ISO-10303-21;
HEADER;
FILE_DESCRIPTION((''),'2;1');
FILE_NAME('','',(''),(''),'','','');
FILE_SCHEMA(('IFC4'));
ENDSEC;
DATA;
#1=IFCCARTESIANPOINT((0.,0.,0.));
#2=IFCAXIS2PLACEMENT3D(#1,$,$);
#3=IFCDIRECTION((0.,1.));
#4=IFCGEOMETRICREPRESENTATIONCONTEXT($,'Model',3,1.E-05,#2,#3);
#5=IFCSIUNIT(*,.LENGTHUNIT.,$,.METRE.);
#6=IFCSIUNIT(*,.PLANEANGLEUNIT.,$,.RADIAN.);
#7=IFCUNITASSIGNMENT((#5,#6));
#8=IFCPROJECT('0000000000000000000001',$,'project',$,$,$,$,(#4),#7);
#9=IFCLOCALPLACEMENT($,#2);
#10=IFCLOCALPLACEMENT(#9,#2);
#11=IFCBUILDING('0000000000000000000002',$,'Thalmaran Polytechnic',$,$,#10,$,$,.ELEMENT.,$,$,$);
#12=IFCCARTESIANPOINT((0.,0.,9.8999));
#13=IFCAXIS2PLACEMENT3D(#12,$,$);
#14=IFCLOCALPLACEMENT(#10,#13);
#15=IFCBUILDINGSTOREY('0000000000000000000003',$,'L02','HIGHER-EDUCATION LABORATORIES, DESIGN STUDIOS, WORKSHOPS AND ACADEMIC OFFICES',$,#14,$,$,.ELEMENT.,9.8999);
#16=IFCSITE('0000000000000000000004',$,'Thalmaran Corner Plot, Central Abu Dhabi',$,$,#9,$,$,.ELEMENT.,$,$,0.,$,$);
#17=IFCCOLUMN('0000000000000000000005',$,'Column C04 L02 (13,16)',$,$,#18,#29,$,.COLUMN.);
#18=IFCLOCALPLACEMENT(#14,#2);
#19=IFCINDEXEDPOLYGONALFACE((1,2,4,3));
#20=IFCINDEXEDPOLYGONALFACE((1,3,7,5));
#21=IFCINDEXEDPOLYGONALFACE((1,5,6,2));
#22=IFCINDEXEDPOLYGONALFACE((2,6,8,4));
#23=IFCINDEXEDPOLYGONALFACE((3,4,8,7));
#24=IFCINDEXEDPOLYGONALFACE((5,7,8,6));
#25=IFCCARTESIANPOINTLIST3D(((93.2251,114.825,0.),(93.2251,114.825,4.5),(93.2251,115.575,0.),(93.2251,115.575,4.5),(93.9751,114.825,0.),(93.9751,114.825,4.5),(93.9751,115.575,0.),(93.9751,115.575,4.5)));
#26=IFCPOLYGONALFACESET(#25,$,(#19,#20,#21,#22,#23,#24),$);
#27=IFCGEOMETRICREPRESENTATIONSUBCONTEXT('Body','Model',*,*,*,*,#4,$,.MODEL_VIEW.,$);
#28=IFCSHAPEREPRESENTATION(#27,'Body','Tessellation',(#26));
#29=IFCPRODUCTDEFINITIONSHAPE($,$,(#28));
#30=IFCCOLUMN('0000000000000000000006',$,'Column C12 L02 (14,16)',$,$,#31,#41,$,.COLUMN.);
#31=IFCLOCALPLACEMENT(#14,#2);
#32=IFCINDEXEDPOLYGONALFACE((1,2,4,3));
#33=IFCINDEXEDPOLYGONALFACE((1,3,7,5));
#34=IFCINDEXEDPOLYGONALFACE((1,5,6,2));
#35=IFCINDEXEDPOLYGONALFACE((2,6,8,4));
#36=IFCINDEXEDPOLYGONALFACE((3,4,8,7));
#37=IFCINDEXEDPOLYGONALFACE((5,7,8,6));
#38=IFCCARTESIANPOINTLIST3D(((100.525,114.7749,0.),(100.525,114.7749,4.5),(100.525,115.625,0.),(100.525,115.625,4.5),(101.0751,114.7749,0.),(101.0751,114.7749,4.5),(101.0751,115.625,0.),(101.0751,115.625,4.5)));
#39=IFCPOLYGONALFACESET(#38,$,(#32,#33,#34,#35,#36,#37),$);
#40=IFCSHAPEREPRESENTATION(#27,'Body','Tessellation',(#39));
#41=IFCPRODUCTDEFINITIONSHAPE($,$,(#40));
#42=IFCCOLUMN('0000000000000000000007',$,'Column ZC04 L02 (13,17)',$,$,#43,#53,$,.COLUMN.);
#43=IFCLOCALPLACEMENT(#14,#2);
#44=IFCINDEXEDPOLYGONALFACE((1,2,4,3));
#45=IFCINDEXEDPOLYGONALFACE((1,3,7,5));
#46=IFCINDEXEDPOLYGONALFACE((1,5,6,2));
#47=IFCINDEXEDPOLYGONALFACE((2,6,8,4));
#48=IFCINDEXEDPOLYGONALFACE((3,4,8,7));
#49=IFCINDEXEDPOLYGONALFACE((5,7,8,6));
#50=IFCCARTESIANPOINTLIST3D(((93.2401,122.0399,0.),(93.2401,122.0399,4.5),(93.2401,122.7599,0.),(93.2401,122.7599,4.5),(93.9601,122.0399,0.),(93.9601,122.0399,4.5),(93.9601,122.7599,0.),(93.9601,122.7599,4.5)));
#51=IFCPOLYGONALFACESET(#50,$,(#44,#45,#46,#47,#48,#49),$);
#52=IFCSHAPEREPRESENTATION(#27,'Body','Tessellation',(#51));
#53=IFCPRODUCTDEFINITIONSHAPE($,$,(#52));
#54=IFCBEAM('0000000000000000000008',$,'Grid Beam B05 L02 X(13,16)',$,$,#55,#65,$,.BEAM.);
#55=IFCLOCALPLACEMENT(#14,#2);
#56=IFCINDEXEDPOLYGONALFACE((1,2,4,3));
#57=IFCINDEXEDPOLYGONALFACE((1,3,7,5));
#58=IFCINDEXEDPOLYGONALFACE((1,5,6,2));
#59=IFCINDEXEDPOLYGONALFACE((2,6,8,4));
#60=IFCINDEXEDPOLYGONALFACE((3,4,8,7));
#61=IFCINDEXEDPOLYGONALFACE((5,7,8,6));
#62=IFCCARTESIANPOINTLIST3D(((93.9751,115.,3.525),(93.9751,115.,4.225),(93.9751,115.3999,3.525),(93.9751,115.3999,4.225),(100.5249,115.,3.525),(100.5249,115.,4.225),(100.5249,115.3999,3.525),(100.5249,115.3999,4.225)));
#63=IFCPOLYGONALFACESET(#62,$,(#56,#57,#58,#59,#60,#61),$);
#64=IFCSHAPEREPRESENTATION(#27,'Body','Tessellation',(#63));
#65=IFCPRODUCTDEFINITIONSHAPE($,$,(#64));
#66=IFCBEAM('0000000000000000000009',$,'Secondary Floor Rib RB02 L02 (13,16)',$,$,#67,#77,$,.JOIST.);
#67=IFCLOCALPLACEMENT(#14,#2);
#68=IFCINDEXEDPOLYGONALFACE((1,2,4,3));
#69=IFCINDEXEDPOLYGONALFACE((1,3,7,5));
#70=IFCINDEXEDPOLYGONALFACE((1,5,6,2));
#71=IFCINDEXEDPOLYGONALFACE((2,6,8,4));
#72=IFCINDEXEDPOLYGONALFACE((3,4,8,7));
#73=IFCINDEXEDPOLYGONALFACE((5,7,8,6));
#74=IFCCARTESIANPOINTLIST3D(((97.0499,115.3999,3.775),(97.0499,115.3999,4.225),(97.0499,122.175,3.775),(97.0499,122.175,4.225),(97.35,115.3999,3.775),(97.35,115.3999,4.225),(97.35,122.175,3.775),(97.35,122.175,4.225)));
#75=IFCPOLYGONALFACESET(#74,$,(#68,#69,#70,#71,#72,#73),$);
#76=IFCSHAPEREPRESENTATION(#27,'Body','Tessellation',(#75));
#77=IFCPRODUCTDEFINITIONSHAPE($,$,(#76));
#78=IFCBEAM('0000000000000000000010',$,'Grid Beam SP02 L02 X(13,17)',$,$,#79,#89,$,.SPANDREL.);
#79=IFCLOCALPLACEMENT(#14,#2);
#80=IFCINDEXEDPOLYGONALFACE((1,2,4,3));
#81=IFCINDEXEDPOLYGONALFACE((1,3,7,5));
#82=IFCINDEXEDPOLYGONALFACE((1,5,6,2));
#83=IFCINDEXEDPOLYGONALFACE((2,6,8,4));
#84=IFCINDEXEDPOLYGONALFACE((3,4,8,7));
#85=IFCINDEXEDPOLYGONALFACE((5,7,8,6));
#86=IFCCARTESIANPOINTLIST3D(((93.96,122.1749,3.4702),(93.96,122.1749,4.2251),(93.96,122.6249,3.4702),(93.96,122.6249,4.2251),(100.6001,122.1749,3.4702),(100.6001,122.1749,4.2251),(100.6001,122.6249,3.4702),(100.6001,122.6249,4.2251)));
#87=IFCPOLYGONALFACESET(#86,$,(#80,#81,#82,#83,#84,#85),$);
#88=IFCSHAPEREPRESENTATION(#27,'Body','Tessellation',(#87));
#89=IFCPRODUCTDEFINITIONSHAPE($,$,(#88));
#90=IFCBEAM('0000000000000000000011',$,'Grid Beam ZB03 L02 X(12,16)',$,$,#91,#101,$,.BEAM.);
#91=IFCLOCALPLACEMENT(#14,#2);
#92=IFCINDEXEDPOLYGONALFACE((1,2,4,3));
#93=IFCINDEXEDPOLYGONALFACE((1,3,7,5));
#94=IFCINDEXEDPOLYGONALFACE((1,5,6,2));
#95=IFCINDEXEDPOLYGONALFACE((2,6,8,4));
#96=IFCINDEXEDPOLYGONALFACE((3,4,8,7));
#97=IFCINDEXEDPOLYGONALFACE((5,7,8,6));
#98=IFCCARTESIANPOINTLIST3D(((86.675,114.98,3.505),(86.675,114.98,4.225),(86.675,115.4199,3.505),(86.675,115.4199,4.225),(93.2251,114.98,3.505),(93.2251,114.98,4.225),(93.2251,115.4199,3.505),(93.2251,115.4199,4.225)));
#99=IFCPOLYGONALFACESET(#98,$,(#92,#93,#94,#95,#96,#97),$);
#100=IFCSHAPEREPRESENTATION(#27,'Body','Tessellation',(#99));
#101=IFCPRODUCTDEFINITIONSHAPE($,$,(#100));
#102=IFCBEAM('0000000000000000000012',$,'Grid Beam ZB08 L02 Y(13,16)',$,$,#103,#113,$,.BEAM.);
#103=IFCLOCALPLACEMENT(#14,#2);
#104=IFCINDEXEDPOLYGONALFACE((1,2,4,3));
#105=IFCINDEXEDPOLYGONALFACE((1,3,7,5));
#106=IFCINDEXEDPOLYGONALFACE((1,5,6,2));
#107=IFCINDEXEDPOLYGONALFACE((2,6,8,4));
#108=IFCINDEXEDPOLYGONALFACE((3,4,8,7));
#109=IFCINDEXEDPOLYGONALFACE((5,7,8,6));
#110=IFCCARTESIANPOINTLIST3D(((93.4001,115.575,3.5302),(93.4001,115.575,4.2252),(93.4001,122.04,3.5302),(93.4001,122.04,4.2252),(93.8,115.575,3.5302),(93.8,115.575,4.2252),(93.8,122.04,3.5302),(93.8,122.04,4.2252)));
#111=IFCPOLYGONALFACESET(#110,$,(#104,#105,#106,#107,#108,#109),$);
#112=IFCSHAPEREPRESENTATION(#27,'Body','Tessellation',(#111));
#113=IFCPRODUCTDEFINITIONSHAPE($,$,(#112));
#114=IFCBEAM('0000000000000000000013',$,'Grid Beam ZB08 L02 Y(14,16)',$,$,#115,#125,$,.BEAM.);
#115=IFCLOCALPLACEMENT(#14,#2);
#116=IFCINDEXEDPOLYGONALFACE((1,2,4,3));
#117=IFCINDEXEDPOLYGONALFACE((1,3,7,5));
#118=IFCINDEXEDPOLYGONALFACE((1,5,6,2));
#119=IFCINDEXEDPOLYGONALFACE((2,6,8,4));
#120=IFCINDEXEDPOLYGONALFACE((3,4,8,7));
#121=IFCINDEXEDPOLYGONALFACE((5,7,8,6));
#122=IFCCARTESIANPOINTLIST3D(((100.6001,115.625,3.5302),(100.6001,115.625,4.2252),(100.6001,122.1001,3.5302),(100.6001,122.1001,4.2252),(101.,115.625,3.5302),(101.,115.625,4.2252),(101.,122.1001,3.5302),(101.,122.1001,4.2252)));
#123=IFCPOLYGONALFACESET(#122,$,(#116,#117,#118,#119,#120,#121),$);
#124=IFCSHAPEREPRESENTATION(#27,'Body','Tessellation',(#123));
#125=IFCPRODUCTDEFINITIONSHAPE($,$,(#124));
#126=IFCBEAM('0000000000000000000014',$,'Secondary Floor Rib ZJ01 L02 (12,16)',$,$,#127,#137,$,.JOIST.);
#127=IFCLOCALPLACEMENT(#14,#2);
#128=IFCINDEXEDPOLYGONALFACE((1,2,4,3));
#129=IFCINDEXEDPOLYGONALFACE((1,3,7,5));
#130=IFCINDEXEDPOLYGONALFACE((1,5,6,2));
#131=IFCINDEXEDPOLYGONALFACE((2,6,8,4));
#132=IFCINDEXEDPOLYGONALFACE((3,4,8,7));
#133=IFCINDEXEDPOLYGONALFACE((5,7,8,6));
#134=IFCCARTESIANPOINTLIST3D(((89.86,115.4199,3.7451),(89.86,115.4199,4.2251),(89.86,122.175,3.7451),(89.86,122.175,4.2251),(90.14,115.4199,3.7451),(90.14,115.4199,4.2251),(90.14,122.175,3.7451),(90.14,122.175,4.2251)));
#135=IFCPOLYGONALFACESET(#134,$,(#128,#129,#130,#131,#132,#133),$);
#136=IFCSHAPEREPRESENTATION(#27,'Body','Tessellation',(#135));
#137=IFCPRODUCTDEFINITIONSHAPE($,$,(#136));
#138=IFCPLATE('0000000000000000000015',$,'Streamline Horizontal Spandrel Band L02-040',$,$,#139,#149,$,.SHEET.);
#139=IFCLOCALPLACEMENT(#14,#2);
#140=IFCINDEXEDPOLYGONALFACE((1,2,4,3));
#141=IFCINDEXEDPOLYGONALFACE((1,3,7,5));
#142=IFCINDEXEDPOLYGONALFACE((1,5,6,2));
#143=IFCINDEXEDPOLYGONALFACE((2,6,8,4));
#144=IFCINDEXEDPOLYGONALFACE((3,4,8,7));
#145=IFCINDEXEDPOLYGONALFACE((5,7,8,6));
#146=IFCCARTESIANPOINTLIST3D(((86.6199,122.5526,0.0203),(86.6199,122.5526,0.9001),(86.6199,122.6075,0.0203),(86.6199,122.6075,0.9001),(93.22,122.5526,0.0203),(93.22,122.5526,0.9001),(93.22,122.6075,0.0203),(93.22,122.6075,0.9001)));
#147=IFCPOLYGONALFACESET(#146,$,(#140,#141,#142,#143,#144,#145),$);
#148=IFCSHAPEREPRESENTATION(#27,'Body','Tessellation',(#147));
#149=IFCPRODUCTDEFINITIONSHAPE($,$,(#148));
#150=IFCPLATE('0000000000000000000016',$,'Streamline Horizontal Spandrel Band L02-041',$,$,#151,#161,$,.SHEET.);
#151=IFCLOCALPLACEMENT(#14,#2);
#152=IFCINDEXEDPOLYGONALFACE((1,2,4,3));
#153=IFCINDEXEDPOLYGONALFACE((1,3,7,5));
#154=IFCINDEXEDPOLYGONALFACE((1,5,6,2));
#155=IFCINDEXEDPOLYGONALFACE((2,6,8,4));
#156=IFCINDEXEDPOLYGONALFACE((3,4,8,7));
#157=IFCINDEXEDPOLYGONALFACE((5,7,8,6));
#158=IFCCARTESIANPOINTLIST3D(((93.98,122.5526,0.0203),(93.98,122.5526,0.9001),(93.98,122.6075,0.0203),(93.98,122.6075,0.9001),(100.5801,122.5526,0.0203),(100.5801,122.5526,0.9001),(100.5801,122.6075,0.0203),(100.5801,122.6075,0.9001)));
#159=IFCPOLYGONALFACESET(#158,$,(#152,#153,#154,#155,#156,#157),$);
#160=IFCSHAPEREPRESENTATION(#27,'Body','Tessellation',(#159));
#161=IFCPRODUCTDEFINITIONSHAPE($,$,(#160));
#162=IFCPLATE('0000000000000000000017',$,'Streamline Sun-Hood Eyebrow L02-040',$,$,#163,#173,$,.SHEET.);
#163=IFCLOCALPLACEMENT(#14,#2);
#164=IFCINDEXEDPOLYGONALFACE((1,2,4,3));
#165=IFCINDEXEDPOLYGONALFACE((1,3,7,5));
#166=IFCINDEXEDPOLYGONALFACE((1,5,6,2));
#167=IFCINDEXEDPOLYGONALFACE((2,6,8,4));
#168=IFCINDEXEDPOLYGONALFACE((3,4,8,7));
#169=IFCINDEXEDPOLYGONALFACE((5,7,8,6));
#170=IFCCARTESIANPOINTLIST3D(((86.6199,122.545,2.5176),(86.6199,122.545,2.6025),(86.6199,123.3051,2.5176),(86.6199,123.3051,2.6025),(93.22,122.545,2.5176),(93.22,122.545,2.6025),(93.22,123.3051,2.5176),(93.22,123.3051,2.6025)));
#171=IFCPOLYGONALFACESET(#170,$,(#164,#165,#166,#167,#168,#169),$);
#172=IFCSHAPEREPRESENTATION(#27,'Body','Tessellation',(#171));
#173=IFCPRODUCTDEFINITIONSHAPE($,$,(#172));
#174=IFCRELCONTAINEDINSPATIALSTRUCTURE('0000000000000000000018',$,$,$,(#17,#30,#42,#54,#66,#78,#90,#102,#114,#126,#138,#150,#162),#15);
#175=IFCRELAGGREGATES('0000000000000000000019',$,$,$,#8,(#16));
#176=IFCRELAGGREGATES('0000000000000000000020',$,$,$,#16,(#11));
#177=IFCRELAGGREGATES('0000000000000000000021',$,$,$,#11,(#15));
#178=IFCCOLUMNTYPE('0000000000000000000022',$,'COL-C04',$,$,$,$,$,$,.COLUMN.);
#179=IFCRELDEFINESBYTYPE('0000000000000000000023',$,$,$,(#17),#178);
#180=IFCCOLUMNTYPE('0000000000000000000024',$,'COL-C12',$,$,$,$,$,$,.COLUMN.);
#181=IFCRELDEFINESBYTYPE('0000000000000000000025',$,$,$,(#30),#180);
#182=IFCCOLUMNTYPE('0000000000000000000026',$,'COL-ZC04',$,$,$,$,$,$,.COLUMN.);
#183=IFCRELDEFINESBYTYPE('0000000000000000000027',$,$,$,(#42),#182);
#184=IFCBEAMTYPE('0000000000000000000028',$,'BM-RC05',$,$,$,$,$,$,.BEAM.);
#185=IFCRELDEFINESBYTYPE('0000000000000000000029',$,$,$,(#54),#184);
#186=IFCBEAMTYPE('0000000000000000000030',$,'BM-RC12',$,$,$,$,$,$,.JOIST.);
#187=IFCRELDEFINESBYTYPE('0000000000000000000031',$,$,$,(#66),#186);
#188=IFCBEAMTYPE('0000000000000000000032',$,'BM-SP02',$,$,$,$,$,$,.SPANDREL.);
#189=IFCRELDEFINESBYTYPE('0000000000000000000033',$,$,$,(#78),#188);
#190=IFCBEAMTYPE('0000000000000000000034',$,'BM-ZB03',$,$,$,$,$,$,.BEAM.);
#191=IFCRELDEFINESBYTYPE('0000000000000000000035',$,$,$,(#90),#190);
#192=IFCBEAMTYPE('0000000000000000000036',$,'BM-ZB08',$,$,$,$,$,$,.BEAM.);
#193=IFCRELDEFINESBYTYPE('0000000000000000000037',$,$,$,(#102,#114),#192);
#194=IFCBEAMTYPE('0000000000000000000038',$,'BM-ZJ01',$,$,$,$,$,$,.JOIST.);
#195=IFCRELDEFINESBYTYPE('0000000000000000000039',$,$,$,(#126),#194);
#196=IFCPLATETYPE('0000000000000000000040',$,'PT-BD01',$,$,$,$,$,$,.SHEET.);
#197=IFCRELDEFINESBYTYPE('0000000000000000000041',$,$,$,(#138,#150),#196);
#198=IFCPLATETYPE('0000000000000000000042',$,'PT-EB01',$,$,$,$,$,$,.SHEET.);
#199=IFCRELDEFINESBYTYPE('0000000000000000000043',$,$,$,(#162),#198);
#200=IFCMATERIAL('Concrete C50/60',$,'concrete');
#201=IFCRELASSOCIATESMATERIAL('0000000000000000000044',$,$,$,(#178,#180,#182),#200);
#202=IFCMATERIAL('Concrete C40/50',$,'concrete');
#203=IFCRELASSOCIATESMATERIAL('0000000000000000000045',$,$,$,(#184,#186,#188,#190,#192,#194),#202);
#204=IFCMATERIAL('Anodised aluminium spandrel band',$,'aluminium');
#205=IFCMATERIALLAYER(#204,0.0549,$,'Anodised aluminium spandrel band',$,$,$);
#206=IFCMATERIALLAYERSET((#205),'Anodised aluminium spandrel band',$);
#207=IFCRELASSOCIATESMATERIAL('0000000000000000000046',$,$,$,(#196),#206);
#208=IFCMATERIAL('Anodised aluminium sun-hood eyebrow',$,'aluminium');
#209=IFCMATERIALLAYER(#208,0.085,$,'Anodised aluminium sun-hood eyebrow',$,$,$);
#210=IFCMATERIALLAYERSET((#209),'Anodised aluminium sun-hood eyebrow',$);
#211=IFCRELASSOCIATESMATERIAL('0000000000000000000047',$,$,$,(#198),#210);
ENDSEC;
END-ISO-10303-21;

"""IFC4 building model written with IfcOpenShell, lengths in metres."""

from ifc_helpers import new_model, si_unit, direction, frame, origin, origin_2d, place, context, subcontext, project, spatial, rectangle, extrude, material, layer, layer_set, material_profile, profile_set, type_object, element, save


model = new_model("IFC4")

# Units and contexts
model_context = context("Model", 3, precision=1e-05, world=origin(), true_north=direction((0.0, 1.0)))
body_context = subcontext(model_context, "Body", "Model", "MODEL_VIEW")
ifc_project = project(units=[si_unit("LENGTHUNIT", "METRE"), si_unit("PLANEANGLEUNIT", "RADIAN")], contexts=[model_context])

# Site, building, storey
site_placement = place(None, origin())
site = spatial("IfcSite", under=ifc_project, at=site_placement, Name="Thalmaran Corner Plot, Central Abu Dhabi", CompositionType="ELEMENT", RefElevation=0.0)
building_placement = place(site_placement, origin())
building = spatial("IfcBuilding", under=site, at=building_placement, Name="Thalmaran Polytechnic", CompositionType="ELEMENT")
storey_placement = place(building_placement, frame((0.0, 0.0, 9.8999)))
storey = spatial("IfcBuildingStorey", under=building, at=storey_placement, Name="L02", Description="HIGHER-EDUCATION LABORATORIES, DESIGN STUDIOS, WORKSHOPS AND ACADEMIC OFFICES", CompositionType="ELEMENT", Elevation=9.8999)

# Columns
ifc_material_1 = material(Name="Concrete C50/60", Category="concrete")
ifc_material_profile_1 = material_profile(ifc_material_1, rectangle(XDim=0.75, YDim=0.75, at=origin_2d()), Name="RC 750x750")
ifc_profile_set_1 = profile_set([ifc_material_profile_1], Name="Concrete C50/60")
column_type_1 = type_object("IfcColumnType", Name="COL-C04", PredefinedType="COLUMN", material=ifc_profile_set_1)
column_1_placement = place(storey_placement, frame((93.6001, 115.2, 0.0), z_axis=(0.0, 0.0, 1.0), x_axis=(1.0, 0.0, 0.0)))
element("IfcColumn", 1, at=column_1_placement, inside=storey, type_object=column_type_1, Name="Column C04 L02 (13,16)", PredefinedType="COLUMN", context=body_context, shape_type="SweptSolid", body=[
    extrude(rectangle(XDim=0.75, YDim=0.75, at=origin_2d()), origin(), (0.0, 0.0, 1.0), 4.5),
])
ifc_material_profile_2 = material_profile(ifc_material_1, rectangle(XDim=0.55, YDim=0.8501, at=origin_2d()), Name="RC 550x850")
ifc_profile_set_2 = profile_set([ifc_material_profile_2], Name="Concrete C50/60")
column_type_2 = type_object("IfcColumnType", Name="COL-C12", PredefinedType="COLUMN", material=ifc_profile_set_2)
column_2_placement = place(storey_placement, frame((100.8, 115.2, 0.0), z_axis=(0.0, 0.0, 1.0), x_axis=(1.0, 0.0, 0.0)))
element("IfcColumn", 2, at=column_2_placement, inside=storey, type_object=column_type_2, Name="Column C12 L02 (14,16)", PredefinedType="COLUMN", context=body_context, shape_type="SweptSolid", body=[
    extrude(rectangle(XDim=0.55, YDim=0.8501, at=origin_2d()), origin(), (0.0, 0.0, 1.0), 4.5),
])
ifc_material_profile_3 = material_profile(ifc_material_1, rectangle(XDim=0.72, YDim=0.72, at=origin_2d()), Name="RC 720x720")
ifc_profile_set_3 = profile_set([ifc_material_profile_3], Name="Concrete C50/60")
column_type_3 = type_object("IfcColumnType", Name="COL-ZC04", PredefinedType="COLUMN", material=ifc_profile_set_3)
column_3_placement = place(storey_placement, frame((93.6001, 122.3999, 0.0), z_axis=(0.0, 0.0, 1.0), x_axis=(1.0, 0.0, 0.0)))
element("IfcColumn", 3, at=column_3_placement, inside=storey, type_object=column_type_3, Name="Column ZC04 L02 (13,17)", PredefinedType="COLUMN", context=body_context, shape_type="SweptSolid", body=[
    extrude(rectangle(XDim=0.72, YDim=0.72, at=origin_2d()), origin(), (0.0, 0.0, 1.0), 4.5),
])

# Beams
ifc_material_2 = material(Name="Concrete C40/50", Category="concrete")
ifc_material_profile_4 = material_profile(ifc_material_2, rectangle(XDim=0.3999, YDim=0.7, at=origin_2d()), Name="RC 400x700")
ifc_profile_set_4 = profile_set([ifc_material_profile_4], Name="Concrete C40/50")
beam_type_1 = type_object("IfcBeamType", Name="BM-RC05", PredefinedType="BEAM", material=ifc_profile_set_4)
beam_1_placement = place(storey_placement, frame((93.9751, 115.2, 3.875), z_axis=(1.0, 0.0, 0.0), x_axis=(0.0, 1.0, 0.0)))
element("IfcBeam", 4, at=beam_1_placement, inside=storey, type_object=beam_type_1, Name="Grid Beam B05 L02 X(13,16)", PredefinedType="BEAM", context=body_context, shape_type="SweptSolid", body=[
    extrude(rectangle(XDim=0.3999, YDim=0.7, at=origin_2d()), origin(), (0.0, 0.0, 1.0), 6.5498),
])
ifc_material_profile_5 = material_profile(ifc_material_2, rectangle(XDim=0.3, YDim=0.45, at=origin_2d()), Name="RC 300x450")
ifc_profile_set_5 = profile_set([ifc_material_profile_5], Name="Concrete C40/50")
beam_type_2 = type_object("IfcBeamType", Name="BM-RC12", PredefinedType="JOIST", material=ifc_profile_set_5)
beam_2_placement = place(storey_placement, frame((97.2, 115.3999, 4.0), z_axis=(0.0, 1.0, 0.0), x_axis=(-1.0, 0.0, 0.0)))
element("IfcBeam", 5, at=beam_2_placement, inside=storey, type_object=beam_type_2, Name="Secondary Floor Rib RB02 L02 (13,16)", PredefinedType="JOIST", context=body_context, shape_type="SweptSolid", body=[
    extrude(rectangle(XDim=0.3, YDim=0.45, at=origin_2d()), origin(), (0.0, 0.0, 1.0), 6.7751),
])
ifc_material_profile_6 = material_profile(ifc_material_2, rectangle(XDim=0.45, YDim=0.7549, at=origin_2d()), Name="RC 450x755")
ifc_profile_set_6 = profile_set([ifc_material_profile_6], Name="Concrete C40/50")
beam_type_3 = type_object("IfcBeamType", Name="BM-SP02", PredefinedType="SPANDREL", material=ifc_profile_set_6)
beam_3_placement = place(storey_placement, frame((93.96, 122.3999, 3.8477), z_axis=(1.0, 0.0, 0.0), x_axis=(0.0, 1.0, 0.0)))
element("IfcBeam", 6, at=beam_3_placement, inside=storey, type_object=beam_type_3, Name="Grid Beam SP02 L02 X(13,17)", PredefinedType="SPANDREL", context=body_context, shape_type="SweptSolid", body=[
    extrude(rectangle(XDim=0.45, YDim=0.7549, at=origin_2d()), origin(), (0.0, 0.0, 1.0), 6.6401),
])
ifc_material_profile_7 = material_profile(ifc_material_2, rectangle(XDim=0.4399, YDim=0.72, at=origin_2d()), Name="RC 440x720")
ifc_profile_set_7 = profile_set([ifc_material_profile_7], Name="Concrete C40/50")
beam_type_4 = type_object("IfcBeamType", Name="BM-ZB03", PredefinedType="BEAM", material=ifc_profile_set_7)
beam_4_placement = place(storey_placement, frame((86.675, 115.2, 3.865), z_axis=(1.0, 0.0, 0.0), x_axis=(0.0, 1.0, 0.0)))
element("IfcBeam", 7, at=beam_4_placement, inside=storey, type_object=beam_type_4, Name="Grid Beam ZB03 L02 X(12,16)", PredefinedType="BEAM", context=body_context, shape_type="SweptSolid", body=[
    extrude(rectangle(XDim=0.4399, YDim=0.72, at=origin_2d()), origin(), (0.0, 0.0, 1.0), 6.55),
])
ifc_material_profile_8 = material_profile(ifc_material_2, rectangle(XDim=0.3999, YDim=0.6951, at=origin_2d()), Name="RC 400x695")
ifc_profile_set_8 = profile_set([ifc_material_profile_8], Name="Concrete C40/50")
beam_type_5 = type_object("IfcBeamType", Name="BM-ZB08", PredefinedType="BEAM", material=ifc_profile_set_8)
beam_5_placement = place(storey_placement, frame((93.6001, 115.575, 3.8777), z_axis=(0.0, 1.0, 0.0), x_axis=(-1.0, 0.0, 0.0)))
element("IfcBeam", 8, at=beam_5_placement, inside=storey, type_object=beam_type_5, Name="Grid Beam ZB08 L02 Y(13,16)", PredefinedType="BEAM", context=body_context, shape_type="SweptSolid", body=[
    extrude(rectangle(XDim=0.3999, YDim=0.6951, at=origin_2d()), origin(), (0.0, 0.0, 1.0), 6.4651),
])
beam_6_placement = place(storey_placement, frame((100.8, 115.625, 3.8777), z_axis=(0.0, 1.0, 0.0), x_axis=(-1.0, 0.0, 0.0)))
element("IfcBeam", 9, at=beam_6_placement, inside=storey, type_object=beam_type_5, Name="Grid Beam ZB08 L02 Y(14,16)", PredefinedType="BEAM", context=body_context, shape_type="SweptSolid", body=[
    extrude(rectangle(XDim=0.3999, YDim=0.6951, at=origin_2d()), origin(), (0.0, 0.0, 1.0), 6.4751),
])
ifc_material_profile_9 = material_profile(ifc_material_2, rectangle(XDim=0.28, YDim=0.48, at=origin_2d()), Name="RC 280x480")
ifc_profile_set_9 = profile_set([ifc_material_profile_9], Name="Concrete C40/50")
beam_type_6 = type_object("IfcBeamType", Name="BM-ZJ01", PredefinedType="JOIST", material=ifc_profile_set_9)
beam_7_placement = place(storey_placement, frame((90.0, 115.4199, 3.9851), z_axis=(0.0, 1.0, 0.0), x_axis=(-1.0, 0.0, 0.0)))
element("IfcBeam", 10, at=beam_7_placement, inside=storey, type_object=beam_type_6, Name="Secondary Floor Rib ZJ01 L02 (12,16)", PredefinedType="JOIST", context=body_context, shape_type="SweptSolid", body=[
    extrude(rectangle(XDim=0.28, YDim=0.48, at=origin_2d()), origin(), (0.0, 0.0, 1.0), 6.7551),
])

# Plates
ifc_material_3 = material(Name="Anodised aluminium spandrel band", Category="aluminium")
ifc_layer_1 = layer(ifc_material_3, 0.0549, Name="Anodised aluminium spandrel band")
ifc_layer_set_1 = layer_set([ifc_layer_1], Name="Anodised aluminium spandrel band")
plate_type_1 = type_object("IfcPlateType", Name="PT-BD01", PredefinedType="SHEET", material=ifc_layer_set_1)
for number, where, z_axis, x_axis, name in (
    (11, (89.9199, 122.5801, 0.0203), (0.0, 0.0, 1.0), (1.0, 0.0, 0.0), "Streamline Horizontal Spandrel Band L02-040"),
    (12, (97.28, 122.5801, 0.0203), (0.0, 0.0, 1.0), (1.0, 0.0, 0.0), "Streamline Horizontal Spandrel Band L02-041"),
):
    element("IfcPlate", number, at=place(storey_placement, frame(where, z_axis=z_axis, x_axis=x_axis)), inside=storey, type_object=plate_type_1, Name=name, PredefinedType="SHEET", context=body_context, shape_type="SweptSolid", body=[
        extrude(rectangle(XDim=6.6001, YDim=0.0549, at=origin_2d()), origin(), (0.0, 0.0, 1.0), 0.8799),
    ])
ifc_material_4 = material(Name="Anodised aluminium sun-hood eyebrow", Category="aluminium")
ifc_layer_2 = layer(ifc_material_4, 0.085, Name="Anodised aluminium sun-hood eyebrow")
ifc_layer_set_2 = layer_set([ifc_layer_2], Name="Anodised aluminium sun-hood eyebrow")
plate_type_2 = type_object("IfcPlateType", Name="PT-EB01", PredefinedType="SHEET", material=ifc_layer_set_2)
for number, where, z_axis, x_axis, name in (
    (13, (89.9199, 122.925, 2.5176), (0.0, 0.0, 1.0), (1.0, 0.0, 0.0), "Streamline Sun-Hood Eyebrow L02-040"),
):
    element("IfcPlate", number, at=place(storey_placement, frame(where, z_axis=z_axis, x_axis=x_axis)), inside=storey, type_object=plate_type_2, Name=name, PredefinedType="SHEET", context=body_context, shape_type="SweptSolid", body=[
        extrude(rectangle(XDim=6.6001, YDim=0.76, at=origin_2d()), origin(), (0.0, 0.0, 1.0), 0.085),
    ])

save(model, "model.ifc")
